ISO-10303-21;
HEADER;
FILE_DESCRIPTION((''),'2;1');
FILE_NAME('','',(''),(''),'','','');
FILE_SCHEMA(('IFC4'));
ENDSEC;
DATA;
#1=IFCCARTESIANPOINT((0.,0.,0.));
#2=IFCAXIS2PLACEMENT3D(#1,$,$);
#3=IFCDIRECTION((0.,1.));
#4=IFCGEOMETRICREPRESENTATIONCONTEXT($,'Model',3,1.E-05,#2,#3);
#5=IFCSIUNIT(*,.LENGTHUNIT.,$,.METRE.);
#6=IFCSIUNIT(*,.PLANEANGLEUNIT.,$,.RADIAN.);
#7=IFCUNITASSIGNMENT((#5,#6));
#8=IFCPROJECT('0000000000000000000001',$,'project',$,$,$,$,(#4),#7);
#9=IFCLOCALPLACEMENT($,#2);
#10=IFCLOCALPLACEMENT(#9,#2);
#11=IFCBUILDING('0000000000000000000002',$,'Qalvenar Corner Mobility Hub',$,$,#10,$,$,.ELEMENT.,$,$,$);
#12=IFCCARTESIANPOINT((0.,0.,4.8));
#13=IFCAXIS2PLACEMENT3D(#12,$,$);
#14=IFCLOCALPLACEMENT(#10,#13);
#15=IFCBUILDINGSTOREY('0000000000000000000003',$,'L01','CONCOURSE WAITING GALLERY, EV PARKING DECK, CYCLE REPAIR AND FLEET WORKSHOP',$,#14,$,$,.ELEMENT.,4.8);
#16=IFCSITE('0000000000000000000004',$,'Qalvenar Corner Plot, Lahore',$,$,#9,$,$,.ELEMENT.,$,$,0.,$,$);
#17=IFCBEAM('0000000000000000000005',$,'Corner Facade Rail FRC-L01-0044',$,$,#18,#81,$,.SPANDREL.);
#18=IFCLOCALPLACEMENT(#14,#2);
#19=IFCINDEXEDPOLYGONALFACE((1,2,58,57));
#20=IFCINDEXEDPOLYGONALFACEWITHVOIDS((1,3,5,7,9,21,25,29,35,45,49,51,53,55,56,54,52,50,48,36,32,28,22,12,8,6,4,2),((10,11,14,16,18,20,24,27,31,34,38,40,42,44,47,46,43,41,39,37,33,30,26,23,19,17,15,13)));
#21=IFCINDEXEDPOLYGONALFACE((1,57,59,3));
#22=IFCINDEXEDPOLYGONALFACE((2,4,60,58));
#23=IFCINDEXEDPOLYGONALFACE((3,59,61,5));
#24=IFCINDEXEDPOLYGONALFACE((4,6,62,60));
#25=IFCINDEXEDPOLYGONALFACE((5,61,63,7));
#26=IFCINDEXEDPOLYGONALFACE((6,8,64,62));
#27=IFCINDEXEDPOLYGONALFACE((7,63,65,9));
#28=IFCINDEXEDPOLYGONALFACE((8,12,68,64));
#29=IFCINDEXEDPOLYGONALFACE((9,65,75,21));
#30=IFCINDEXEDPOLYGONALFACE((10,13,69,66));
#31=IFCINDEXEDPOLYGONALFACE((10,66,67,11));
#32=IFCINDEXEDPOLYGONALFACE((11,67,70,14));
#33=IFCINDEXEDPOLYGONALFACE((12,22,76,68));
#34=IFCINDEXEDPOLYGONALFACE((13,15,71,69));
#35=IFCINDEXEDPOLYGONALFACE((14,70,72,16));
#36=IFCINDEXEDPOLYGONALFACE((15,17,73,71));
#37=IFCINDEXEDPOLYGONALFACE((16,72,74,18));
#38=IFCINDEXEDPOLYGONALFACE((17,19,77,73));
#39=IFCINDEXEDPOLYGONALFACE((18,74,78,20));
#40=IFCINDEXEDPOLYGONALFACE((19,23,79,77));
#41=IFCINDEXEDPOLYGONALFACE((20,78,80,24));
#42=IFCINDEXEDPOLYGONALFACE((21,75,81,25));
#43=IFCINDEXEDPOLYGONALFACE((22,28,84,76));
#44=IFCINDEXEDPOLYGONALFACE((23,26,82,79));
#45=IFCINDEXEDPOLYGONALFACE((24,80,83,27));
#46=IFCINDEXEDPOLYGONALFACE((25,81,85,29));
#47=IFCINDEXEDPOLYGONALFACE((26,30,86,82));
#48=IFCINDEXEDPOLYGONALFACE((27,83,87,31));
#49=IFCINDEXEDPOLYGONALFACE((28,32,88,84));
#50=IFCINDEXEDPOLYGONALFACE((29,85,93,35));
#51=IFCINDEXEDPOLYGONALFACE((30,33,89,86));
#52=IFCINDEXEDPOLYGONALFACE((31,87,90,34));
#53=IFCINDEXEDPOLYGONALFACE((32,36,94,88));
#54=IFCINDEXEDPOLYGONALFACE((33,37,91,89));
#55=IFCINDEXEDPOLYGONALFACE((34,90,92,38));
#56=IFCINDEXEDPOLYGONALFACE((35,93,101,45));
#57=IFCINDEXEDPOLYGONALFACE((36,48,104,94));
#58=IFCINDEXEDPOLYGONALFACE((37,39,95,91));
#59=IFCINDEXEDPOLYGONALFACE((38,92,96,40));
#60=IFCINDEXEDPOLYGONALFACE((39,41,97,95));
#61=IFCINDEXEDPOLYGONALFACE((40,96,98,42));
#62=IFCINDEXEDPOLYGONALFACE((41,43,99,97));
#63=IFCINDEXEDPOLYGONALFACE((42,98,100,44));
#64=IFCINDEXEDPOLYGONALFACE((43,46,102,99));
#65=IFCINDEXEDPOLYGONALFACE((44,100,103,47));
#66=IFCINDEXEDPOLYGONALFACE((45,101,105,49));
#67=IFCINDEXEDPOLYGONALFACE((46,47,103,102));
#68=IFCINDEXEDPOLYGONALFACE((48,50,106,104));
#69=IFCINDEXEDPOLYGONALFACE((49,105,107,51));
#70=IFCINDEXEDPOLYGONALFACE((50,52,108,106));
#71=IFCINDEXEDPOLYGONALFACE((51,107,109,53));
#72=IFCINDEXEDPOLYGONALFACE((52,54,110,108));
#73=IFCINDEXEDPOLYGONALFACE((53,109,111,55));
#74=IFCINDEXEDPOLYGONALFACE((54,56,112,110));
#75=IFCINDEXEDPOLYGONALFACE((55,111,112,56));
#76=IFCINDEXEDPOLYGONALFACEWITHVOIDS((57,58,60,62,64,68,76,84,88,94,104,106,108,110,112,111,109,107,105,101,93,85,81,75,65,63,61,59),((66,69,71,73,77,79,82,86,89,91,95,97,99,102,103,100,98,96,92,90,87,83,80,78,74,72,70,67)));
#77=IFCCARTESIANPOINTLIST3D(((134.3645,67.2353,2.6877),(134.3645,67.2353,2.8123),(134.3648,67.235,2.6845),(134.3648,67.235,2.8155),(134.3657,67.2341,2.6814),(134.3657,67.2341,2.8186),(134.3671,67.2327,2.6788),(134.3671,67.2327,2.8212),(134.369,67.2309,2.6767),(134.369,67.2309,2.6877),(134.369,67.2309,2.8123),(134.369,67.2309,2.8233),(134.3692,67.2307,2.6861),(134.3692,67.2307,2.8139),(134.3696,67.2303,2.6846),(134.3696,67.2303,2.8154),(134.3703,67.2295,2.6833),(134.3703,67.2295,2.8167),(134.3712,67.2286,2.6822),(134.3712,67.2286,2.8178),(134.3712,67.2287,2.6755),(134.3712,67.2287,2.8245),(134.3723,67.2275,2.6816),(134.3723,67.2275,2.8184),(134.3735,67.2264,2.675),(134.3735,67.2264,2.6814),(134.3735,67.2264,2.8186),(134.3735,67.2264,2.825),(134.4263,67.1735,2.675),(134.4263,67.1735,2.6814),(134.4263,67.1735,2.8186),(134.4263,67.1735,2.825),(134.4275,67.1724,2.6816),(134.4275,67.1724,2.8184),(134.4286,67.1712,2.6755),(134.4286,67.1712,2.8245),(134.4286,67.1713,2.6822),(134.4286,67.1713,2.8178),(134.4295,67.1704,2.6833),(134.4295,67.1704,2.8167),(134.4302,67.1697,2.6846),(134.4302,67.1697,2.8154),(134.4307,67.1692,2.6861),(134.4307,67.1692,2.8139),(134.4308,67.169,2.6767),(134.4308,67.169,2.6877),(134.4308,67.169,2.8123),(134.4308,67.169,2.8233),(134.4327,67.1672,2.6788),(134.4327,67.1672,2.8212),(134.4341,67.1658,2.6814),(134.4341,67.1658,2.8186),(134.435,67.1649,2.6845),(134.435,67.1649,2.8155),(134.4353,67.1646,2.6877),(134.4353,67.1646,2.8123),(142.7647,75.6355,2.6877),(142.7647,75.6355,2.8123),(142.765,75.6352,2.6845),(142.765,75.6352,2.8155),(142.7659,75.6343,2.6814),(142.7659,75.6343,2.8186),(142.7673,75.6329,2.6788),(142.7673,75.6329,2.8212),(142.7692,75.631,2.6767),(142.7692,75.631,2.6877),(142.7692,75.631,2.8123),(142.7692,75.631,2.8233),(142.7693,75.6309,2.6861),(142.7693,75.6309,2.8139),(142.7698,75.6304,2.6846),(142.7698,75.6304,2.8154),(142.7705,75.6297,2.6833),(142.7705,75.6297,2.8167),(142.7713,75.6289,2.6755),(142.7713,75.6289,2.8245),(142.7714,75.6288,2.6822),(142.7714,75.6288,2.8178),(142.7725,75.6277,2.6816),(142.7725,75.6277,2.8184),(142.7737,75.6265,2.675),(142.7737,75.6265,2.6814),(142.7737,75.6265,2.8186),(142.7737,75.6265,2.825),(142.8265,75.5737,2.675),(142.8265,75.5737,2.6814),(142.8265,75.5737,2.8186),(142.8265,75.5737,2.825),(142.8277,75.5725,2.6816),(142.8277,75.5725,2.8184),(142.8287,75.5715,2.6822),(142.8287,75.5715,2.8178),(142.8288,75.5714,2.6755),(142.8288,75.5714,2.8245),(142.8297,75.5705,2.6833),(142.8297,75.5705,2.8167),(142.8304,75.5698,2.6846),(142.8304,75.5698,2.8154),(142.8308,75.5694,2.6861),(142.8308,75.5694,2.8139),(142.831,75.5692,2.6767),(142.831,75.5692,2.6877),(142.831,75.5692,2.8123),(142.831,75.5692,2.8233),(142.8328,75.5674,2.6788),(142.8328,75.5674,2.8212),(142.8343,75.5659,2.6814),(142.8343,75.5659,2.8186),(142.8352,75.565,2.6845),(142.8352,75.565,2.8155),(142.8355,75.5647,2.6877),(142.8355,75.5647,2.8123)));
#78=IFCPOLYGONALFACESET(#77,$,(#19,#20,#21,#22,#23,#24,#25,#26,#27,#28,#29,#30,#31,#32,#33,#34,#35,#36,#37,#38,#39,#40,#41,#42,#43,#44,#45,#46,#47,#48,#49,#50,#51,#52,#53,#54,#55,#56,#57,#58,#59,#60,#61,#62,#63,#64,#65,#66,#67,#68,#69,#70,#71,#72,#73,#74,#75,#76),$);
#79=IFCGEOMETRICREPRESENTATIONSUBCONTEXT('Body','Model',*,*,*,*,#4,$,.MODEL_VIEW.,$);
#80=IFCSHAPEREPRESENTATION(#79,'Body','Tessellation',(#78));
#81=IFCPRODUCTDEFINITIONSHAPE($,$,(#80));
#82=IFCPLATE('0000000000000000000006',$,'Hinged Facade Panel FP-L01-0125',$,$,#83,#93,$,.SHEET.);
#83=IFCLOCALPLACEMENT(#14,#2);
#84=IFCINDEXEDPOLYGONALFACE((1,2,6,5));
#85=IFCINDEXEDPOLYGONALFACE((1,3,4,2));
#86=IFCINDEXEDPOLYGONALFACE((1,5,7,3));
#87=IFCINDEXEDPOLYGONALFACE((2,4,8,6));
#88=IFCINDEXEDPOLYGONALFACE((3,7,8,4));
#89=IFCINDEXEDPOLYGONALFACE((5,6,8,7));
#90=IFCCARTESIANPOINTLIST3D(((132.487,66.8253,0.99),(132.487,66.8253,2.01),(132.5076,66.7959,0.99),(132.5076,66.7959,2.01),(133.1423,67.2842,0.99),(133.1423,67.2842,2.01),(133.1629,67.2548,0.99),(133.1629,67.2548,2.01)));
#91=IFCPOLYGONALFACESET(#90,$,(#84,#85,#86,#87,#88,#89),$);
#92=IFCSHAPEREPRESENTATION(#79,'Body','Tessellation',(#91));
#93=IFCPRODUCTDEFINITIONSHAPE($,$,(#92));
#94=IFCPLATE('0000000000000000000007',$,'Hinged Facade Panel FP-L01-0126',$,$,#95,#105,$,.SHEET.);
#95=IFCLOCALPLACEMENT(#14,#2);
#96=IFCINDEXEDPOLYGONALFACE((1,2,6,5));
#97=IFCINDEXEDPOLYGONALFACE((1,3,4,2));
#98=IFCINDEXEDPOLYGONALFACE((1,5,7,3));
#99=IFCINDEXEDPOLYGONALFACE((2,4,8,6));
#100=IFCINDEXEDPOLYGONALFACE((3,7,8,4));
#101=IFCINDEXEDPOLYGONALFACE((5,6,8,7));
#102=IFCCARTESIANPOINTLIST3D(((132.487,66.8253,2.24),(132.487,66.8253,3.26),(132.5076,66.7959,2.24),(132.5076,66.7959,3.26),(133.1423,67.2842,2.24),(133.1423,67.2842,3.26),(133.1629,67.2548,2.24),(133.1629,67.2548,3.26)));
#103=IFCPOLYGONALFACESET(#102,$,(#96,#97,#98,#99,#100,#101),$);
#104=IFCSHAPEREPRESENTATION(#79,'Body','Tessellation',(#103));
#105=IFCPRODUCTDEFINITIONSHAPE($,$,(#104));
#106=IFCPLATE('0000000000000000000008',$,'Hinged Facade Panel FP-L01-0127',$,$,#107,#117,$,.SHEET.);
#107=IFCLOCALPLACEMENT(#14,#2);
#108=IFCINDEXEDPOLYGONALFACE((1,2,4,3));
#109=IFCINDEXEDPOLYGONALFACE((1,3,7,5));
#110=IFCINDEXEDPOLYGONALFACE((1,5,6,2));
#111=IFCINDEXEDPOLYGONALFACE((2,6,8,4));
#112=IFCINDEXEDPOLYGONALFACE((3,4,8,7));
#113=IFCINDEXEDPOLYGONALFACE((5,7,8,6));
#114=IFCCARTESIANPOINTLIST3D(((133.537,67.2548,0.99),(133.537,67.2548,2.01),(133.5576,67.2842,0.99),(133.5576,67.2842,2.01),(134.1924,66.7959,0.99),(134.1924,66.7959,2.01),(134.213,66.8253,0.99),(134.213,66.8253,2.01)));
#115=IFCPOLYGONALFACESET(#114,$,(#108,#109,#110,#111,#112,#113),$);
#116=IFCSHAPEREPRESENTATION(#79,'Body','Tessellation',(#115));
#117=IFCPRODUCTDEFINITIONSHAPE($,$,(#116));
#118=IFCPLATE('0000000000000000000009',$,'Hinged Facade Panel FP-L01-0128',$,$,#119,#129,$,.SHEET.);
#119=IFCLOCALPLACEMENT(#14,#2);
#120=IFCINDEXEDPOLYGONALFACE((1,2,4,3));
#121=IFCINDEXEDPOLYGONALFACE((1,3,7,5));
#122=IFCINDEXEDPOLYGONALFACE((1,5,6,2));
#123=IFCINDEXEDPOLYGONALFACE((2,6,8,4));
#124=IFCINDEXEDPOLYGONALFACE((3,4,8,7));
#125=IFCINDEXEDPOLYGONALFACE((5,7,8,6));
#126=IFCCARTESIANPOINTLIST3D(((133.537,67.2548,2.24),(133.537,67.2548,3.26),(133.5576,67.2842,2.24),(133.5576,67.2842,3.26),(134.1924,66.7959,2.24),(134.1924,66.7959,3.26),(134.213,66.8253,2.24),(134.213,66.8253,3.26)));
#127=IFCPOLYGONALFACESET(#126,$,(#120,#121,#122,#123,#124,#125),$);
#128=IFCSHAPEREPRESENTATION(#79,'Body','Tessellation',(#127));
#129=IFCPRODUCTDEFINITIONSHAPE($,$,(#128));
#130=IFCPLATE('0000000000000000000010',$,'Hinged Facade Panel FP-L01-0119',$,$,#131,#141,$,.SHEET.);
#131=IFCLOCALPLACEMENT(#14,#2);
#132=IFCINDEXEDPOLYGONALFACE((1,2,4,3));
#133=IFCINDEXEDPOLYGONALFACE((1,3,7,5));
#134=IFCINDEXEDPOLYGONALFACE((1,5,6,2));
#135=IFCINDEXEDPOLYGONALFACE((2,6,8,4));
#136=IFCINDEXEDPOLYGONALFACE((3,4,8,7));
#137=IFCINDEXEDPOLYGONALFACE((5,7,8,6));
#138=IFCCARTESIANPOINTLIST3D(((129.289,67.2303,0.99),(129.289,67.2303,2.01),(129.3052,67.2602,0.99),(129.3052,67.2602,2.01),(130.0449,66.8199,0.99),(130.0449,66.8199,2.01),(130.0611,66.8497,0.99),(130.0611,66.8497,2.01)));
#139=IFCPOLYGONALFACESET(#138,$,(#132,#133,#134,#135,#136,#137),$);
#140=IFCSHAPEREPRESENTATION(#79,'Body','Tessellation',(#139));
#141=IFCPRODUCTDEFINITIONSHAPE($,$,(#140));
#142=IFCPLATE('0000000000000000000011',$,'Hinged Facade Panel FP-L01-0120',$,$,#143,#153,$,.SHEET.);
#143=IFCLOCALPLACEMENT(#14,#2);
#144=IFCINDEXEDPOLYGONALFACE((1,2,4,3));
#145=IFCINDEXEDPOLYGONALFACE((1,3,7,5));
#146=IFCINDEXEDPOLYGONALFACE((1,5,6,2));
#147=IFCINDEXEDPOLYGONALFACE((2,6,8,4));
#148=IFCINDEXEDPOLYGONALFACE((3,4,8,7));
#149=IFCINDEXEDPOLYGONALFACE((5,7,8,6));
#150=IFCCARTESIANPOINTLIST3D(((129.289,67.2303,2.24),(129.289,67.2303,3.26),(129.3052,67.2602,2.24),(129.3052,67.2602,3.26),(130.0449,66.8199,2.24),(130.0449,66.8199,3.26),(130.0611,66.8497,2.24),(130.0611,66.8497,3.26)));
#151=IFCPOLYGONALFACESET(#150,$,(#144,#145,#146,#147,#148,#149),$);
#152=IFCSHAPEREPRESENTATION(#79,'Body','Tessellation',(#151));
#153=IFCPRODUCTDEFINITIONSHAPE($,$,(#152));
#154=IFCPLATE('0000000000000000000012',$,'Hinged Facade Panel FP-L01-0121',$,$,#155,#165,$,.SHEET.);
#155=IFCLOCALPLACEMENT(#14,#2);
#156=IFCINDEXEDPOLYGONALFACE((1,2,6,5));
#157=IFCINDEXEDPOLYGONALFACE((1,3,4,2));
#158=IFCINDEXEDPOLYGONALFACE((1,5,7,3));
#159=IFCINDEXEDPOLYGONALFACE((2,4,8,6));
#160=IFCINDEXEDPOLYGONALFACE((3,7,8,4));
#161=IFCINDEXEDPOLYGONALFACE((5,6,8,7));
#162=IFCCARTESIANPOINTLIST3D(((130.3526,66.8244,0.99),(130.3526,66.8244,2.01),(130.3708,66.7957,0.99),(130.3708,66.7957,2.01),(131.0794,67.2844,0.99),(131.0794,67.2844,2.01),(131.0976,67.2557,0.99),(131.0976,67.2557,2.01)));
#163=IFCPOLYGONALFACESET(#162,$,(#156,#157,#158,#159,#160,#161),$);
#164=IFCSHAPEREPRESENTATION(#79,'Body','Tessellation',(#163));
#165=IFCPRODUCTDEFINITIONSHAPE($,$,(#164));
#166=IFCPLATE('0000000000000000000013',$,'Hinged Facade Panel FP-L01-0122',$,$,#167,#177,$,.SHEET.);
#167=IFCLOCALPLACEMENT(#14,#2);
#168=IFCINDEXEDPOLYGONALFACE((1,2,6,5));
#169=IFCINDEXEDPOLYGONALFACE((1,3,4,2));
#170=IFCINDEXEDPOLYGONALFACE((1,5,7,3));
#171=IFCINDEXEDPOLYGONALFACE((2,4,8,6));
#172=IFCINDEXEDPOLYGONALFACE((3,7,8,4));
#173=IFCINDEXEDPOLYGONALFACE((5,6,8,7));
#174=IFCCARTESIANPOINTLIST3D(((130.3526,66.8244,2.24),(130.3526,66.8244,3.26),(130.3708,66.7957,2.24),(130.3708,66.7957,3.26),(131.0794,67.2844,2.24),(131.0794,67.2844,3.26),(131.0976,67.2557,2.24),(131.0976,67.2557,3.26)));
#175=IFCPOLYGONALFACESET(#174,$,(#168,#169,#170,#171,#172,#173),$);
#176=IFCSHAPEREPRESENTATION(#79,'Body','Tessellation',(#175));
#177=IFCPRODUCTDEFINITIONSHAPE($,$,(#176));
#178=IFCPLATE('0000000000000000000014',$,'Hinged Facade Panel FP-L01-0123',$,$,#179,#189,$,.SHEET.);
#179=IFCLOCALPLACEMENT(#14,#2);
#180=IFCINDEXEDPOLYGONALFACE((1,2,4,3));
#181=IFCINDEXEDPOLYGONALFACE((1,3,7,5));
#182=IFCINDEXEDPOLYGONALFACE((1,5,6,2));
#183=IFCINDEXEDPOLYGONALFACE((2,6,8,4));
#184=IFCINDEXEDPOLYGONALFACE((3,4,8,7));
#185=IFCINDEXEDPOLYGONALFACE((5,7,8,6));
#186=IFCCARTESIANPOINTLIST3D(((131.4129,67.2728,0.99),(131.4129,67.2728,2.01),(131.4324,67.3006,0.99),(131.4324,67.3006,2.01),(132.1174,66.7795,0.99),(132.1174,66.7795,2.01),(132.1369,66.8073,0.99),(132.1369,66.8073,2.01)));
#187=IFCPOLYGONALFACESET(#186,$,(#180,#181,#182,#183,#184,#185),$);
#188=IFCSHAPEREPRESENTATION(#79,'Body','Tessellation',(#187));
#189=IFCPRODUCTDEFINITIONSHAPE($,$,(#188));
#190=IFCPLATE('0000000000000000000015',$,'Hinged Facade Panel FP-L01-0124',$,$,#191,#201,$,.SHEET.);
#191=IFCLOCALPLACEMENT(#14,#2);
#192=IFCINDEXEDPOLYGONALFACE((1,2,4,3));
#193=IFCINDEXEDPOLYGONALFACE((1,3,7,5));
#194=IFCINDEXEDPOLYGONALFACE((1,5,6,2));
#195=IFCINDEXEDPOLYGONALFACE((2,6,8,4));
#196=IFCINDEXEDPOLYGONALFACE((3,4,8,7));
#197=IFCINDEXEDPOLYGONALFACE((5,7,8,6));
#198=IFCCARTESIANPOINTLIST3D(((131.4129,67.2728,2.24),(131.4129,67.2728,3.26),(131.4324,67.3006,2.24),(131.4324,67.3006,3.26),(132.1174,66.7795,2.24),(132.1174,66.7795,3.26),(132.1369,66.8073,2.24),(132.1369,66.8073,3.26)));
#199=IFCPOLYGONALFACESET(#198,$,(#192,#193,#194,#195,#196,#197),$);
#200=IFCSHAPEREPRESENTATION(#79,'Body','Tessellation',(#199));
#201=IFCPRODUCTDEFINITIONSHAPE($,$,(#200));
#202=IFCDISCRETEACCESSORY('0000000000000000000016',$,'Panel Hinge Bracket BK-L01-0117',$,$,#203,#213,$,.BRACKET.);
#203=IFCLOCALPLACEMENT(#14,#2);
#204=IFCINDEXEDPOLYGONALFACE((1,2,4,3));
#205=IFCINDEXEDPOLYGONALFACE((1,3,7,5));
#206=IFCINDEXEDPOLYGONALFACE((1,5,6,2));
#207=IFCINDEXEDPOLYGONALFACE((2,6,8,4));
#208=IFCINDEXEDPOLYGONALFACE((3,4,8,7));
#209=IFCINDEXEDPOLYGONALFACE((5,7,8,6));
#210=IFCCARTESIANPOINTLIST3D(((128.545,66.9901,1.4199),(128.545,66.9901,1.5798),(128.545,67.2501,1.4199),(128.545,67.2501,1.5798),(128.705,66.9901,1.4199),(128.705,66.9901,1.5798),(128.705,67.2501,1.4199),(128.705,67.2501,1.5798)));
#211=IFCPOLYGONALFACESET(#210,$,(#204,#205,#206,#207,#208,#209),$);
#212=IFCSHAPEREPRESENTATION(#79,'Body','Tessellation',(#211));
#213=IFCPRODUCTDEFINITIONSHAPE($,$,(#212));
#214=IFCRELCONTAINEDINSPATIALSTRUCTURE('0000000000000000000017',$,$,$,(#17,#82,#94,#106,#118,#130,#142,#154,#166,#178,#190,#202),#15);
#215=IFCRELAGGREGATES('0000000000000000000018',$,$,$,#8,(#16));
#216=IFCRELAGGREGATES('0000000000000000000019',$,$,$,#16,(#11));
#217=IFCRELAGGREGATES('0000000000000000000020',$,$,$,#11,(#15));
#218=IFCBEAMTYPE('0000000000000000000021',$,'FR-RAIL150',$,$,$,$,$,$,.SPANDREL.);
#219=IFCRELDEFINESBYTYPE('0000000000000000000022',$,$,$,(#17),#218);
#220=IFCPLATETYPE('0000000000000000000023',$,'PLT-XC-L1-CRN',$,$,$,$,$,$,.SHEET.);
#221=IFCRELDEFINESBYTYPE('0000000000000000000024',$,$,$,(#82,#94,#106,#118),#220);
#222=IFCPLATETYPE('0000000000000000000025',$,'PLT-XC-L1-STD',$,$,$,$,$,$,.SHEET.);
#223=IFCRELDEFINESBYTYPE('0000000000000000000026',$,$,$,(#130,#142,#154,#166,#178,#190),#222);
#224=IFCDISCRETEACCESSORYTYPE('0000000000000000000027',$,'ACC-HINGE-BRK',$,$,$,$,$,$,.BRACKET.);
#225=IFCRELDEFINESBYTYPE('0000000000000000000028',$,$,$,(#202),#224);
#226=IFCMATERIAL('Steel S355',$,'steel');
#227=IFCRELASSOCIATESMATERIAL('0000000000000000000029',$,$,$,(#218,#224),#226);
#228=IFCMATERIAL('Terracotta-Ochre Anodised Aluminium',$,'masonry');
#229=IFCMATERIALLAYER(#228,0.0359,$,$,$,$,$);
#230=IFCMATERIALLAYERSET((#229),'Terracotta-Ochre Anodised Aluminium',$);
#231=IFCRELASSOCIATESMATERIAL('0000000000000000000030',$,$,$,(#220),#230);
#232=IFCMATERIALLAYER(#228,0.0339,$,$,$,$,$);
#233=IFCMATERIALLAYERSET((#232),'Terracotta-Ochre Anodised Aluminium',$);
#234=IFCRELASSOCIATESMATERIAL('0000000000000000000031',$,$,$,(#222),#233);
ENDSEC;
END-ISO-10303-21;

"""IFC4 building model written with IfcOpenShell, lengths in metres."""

from ifc_helpers import new_model, si_unit, direction, frame, origin, origin_2d, place, context, subcontext, project, spatial, rectangle, hollow_rectangle, extrude, material, layer, layer_set, material_profile, profile_set, type_object, element, save


model = new_model("IFC4")

# Units and contexts
model_context = context("Model", 3, precision=1e-05, world=origin(), true_north=direction((0.0, 1.0)))
body_context = subcontext(model_context, "Body", "Model", "MODEL_VIEW")
ifc_project = project(units=[si_unit("LENGTHUNIT", "METRE"), si_unit("PLANEANGLEUNIT", "RADIAN")], contexts=[model_context])

# Site, building, storey
site_placement = place(None, origin())
site = spatial("IfcSite", under=ifc_project, at=site_placement, Name="Qalvenar Corner Plot, Lahore", CompositionType="ELEMENT", RefElevation=0.0)
building_placement = place(site_placement, origin())
building = spatial("IfcBuilding", under=site, at=building_placement, Name="Qalvenar Corner Mobility Hub", CompositionType="ELEMENT")
storey_placement = place(building_placement, frame((0.0, 0.0, 4.8)))
storey = spatial("IfcBuildingStorey", under=building, at=storey_placement, Name="L01", Description="CONCOURSE WAITING GALLERY, EV PARKING DECK, CYCLE REPAIR AND FLEET WORKSHOP", CompositionType="ELEMENT", Elevation=4.8)

# Shared definitions
ifc_material_1 = material(Name="Steel S355", Category="steel")

# Beam
ifc_material_profile_1 = material_profile(ifc_material_1, hollow_rectangle(XDim=0.1001, YDim=0.1499, WallThickness=0.0063, InnerFilletRadius=0.0063, OuterFilletRadius=0.0127, at=origin_2d()), Name="RHS150x100x6.3")
ifc_profile_set_1 = profile_set([ifc_material_profile_1], Name="Steel S355")
beam_type_1 = type_object("IfcBeamType", Name="FR-RAIL150", PredefinedType="SPANDREL", material=ifc_profile_set_1)
for number, where, z_axis, x_axis, name in (
    (1, (134.3999, 67.2, 2.75), (0.707107, 0.707107, 0.0), (-0.707107, 0.707107, 0.0), "Corner Facade Rail FRC-L01-0044"),
):
    element("IfcBeam", number, at=place(storey_placement, frame(where, z_axis=z_axis, x_axis=x_axis)), inside=storey, type_object=beam_type_1, Name=name, PredefinedType="SPANDREL", context=body_context, shape_type="SweptSolid", body=[
        extrude(hollow_rectangle(XDim=0.1001, YDim=0.1499, WallThickness=0.0063, InnerFilletRadius=0.0063, OuterFilletRadius=0.0127, at=origin_2d()), origin(), (0.0, 0.0, 1.0), 11.8796),
    ])

# Plates
ifc_material_2 = material(Name="Terracotta-Ochre Anodised Aluminium", Category="masonry")
ifc_layer_1 = layer(ifc_material_2, 0.0359)
ifc_layer_set_1 = layer_set([ifc_layer_1], Name="Terracotta-Ochre Anodised Aluminium")
plate_type_1 = type_object("IfcPlateType", Name="PLT-XC-L1-CRN", PredefinedType="SHEET", material=ifc_layer_set_1)
for number, where, z_axis, x_axis, name in (
    (2, (132.825, 67.04, 0.99), (0.0, 0.0, 1.0), (0.819152, 0.573576, 0.0), "Hinged Facade Panel FP-L01-0125"),
    (3, (132.825, 67.04, 2.24), (0.0, 0.0, 1.0), (0.819152, 0.573576, 0.0), "Hinged Facade Panel FP-L01-0126"),
    (4, (133.875, 67.04, 0.99), (0.0, 0.0, 1.0), (0.819152, -0.573576, 0.0), "Hinged Facade Panel FP-L01-0127"),
    (5, (133.875, 67.04, 2.24), (0.0, 0.0, 1.0), (0.819152, -0.573576, 0.0), "Hinged Facade Panel FP-L01-0128"),
):
    element("IfcPlate", number, at=place(storey_placement, frame(where, z_axis=z_axis, x_axis=x_axis)), inside=storey, type_object=plate_type_1, Name=name, PredefinedType="SHEET", context=body_context, shape_type="SweptSolid", body=[
        extrude(rectangle(XDim=0.8, YDim=0.0359, at=origin_2d()), origin(), (0.0, 0.0, 1.0), 1.02),
    ])
ifc_layer_2 = layer(ifc_material_2, 0.0339)
ifc_layer_set_2 = layer_set([ifc_layer_2], Name="Terracotta-Ochre Anodised Aluminium")
plate_type_2 = type_object("IfcPlateType", Name="PLT-XC-L1-STD", PredefinedType="SHEET", material=ifc_layer_set_2)
for number, where, z_axis, x_axis, name in (
    (6, (129.675, 67.04, 0.99), (0.0, 0.0, 1.0), (0.878817, -0.477159, 0.0), "Hinged Facade Panel FP-L01-0119"),
    (7, (129.675, 67.04, 2.24), (0.0, 0.0, 1.0), (0.878817, -0.477159, 0.0), "Hinged Facade Panel FP-L01-0120"),
    (8, (130.7251, 67.04, 0.99), (0.0, 0.0, 1.0), (0.844982, 0.534795, 0.0), "Hinged Facade Panel FP-L01-0121"),
    (9, (130.7251, 67.04, 2.24), (0.0, 0.0, 1.0), (0.844982, 0.534795, 0.0), "Hinged Facade Panel FP-L01-0122"),
    (10, (131.7749, 67.04, 0.99), (0.0, 0.0, 1.0), (0.819152, -0.573576, 0.0), "Hinged Facade Panel FP-L01-0123"),
    (11, (131.7749, 67.04, 2.24), (0.0, 0.0, 1.0), (0.819152, -0.573576, 0.0), "Hinged Facade Panel FP-L01-0124"),
):
    element("IfcPlate", number, at=place(storey_placement, frame(where, z_axis=z_axis, x_axis=x_axis)), inside=storey, type_object=plate_type_2, Name=name, PredefinedType="SHEET", context=body_context, shape_type="SweptSolid", body=[
        extrude(rectangle(XDim=0.8601, YDim=0.0339, at=origin_2d()), origin(), (0.0, 0.0, 1.0), 1.02),
    ])

# Discrete accessory
discrete_accessory_type = type_object("IfcDiscreteAccessoryType", Name="ACC-HINGE-BRK", PredefinedType="BRACKET", material=ifc_material_1)
for number, where, z_axis, x_axis, name in (
    (12, (128.625, 67.1201, 1.4199), (0.0, 0.0, 1.0), (1.0, 0.0, 0.0), "Panel Hinge Bracket BK-L01-0117"),
):
    element("IfcDiscreteAccessory", number, at=place(storey_placement, frame(where, z_axis=z_axis, x_axis=x_axis)), inside=storey, type_object=discrete_accessory_type, Name=name, PredefinedType="BRACKET", context=body_context, shape_type="SweptSolid", body=[
        extrude(rectangle(XDim=0.1599, YDim=0.26, at=origin_2d()), origin(), (0.0, 0.0, 1.0), 0.1599),
    ])

save(model, "model.ifc")
